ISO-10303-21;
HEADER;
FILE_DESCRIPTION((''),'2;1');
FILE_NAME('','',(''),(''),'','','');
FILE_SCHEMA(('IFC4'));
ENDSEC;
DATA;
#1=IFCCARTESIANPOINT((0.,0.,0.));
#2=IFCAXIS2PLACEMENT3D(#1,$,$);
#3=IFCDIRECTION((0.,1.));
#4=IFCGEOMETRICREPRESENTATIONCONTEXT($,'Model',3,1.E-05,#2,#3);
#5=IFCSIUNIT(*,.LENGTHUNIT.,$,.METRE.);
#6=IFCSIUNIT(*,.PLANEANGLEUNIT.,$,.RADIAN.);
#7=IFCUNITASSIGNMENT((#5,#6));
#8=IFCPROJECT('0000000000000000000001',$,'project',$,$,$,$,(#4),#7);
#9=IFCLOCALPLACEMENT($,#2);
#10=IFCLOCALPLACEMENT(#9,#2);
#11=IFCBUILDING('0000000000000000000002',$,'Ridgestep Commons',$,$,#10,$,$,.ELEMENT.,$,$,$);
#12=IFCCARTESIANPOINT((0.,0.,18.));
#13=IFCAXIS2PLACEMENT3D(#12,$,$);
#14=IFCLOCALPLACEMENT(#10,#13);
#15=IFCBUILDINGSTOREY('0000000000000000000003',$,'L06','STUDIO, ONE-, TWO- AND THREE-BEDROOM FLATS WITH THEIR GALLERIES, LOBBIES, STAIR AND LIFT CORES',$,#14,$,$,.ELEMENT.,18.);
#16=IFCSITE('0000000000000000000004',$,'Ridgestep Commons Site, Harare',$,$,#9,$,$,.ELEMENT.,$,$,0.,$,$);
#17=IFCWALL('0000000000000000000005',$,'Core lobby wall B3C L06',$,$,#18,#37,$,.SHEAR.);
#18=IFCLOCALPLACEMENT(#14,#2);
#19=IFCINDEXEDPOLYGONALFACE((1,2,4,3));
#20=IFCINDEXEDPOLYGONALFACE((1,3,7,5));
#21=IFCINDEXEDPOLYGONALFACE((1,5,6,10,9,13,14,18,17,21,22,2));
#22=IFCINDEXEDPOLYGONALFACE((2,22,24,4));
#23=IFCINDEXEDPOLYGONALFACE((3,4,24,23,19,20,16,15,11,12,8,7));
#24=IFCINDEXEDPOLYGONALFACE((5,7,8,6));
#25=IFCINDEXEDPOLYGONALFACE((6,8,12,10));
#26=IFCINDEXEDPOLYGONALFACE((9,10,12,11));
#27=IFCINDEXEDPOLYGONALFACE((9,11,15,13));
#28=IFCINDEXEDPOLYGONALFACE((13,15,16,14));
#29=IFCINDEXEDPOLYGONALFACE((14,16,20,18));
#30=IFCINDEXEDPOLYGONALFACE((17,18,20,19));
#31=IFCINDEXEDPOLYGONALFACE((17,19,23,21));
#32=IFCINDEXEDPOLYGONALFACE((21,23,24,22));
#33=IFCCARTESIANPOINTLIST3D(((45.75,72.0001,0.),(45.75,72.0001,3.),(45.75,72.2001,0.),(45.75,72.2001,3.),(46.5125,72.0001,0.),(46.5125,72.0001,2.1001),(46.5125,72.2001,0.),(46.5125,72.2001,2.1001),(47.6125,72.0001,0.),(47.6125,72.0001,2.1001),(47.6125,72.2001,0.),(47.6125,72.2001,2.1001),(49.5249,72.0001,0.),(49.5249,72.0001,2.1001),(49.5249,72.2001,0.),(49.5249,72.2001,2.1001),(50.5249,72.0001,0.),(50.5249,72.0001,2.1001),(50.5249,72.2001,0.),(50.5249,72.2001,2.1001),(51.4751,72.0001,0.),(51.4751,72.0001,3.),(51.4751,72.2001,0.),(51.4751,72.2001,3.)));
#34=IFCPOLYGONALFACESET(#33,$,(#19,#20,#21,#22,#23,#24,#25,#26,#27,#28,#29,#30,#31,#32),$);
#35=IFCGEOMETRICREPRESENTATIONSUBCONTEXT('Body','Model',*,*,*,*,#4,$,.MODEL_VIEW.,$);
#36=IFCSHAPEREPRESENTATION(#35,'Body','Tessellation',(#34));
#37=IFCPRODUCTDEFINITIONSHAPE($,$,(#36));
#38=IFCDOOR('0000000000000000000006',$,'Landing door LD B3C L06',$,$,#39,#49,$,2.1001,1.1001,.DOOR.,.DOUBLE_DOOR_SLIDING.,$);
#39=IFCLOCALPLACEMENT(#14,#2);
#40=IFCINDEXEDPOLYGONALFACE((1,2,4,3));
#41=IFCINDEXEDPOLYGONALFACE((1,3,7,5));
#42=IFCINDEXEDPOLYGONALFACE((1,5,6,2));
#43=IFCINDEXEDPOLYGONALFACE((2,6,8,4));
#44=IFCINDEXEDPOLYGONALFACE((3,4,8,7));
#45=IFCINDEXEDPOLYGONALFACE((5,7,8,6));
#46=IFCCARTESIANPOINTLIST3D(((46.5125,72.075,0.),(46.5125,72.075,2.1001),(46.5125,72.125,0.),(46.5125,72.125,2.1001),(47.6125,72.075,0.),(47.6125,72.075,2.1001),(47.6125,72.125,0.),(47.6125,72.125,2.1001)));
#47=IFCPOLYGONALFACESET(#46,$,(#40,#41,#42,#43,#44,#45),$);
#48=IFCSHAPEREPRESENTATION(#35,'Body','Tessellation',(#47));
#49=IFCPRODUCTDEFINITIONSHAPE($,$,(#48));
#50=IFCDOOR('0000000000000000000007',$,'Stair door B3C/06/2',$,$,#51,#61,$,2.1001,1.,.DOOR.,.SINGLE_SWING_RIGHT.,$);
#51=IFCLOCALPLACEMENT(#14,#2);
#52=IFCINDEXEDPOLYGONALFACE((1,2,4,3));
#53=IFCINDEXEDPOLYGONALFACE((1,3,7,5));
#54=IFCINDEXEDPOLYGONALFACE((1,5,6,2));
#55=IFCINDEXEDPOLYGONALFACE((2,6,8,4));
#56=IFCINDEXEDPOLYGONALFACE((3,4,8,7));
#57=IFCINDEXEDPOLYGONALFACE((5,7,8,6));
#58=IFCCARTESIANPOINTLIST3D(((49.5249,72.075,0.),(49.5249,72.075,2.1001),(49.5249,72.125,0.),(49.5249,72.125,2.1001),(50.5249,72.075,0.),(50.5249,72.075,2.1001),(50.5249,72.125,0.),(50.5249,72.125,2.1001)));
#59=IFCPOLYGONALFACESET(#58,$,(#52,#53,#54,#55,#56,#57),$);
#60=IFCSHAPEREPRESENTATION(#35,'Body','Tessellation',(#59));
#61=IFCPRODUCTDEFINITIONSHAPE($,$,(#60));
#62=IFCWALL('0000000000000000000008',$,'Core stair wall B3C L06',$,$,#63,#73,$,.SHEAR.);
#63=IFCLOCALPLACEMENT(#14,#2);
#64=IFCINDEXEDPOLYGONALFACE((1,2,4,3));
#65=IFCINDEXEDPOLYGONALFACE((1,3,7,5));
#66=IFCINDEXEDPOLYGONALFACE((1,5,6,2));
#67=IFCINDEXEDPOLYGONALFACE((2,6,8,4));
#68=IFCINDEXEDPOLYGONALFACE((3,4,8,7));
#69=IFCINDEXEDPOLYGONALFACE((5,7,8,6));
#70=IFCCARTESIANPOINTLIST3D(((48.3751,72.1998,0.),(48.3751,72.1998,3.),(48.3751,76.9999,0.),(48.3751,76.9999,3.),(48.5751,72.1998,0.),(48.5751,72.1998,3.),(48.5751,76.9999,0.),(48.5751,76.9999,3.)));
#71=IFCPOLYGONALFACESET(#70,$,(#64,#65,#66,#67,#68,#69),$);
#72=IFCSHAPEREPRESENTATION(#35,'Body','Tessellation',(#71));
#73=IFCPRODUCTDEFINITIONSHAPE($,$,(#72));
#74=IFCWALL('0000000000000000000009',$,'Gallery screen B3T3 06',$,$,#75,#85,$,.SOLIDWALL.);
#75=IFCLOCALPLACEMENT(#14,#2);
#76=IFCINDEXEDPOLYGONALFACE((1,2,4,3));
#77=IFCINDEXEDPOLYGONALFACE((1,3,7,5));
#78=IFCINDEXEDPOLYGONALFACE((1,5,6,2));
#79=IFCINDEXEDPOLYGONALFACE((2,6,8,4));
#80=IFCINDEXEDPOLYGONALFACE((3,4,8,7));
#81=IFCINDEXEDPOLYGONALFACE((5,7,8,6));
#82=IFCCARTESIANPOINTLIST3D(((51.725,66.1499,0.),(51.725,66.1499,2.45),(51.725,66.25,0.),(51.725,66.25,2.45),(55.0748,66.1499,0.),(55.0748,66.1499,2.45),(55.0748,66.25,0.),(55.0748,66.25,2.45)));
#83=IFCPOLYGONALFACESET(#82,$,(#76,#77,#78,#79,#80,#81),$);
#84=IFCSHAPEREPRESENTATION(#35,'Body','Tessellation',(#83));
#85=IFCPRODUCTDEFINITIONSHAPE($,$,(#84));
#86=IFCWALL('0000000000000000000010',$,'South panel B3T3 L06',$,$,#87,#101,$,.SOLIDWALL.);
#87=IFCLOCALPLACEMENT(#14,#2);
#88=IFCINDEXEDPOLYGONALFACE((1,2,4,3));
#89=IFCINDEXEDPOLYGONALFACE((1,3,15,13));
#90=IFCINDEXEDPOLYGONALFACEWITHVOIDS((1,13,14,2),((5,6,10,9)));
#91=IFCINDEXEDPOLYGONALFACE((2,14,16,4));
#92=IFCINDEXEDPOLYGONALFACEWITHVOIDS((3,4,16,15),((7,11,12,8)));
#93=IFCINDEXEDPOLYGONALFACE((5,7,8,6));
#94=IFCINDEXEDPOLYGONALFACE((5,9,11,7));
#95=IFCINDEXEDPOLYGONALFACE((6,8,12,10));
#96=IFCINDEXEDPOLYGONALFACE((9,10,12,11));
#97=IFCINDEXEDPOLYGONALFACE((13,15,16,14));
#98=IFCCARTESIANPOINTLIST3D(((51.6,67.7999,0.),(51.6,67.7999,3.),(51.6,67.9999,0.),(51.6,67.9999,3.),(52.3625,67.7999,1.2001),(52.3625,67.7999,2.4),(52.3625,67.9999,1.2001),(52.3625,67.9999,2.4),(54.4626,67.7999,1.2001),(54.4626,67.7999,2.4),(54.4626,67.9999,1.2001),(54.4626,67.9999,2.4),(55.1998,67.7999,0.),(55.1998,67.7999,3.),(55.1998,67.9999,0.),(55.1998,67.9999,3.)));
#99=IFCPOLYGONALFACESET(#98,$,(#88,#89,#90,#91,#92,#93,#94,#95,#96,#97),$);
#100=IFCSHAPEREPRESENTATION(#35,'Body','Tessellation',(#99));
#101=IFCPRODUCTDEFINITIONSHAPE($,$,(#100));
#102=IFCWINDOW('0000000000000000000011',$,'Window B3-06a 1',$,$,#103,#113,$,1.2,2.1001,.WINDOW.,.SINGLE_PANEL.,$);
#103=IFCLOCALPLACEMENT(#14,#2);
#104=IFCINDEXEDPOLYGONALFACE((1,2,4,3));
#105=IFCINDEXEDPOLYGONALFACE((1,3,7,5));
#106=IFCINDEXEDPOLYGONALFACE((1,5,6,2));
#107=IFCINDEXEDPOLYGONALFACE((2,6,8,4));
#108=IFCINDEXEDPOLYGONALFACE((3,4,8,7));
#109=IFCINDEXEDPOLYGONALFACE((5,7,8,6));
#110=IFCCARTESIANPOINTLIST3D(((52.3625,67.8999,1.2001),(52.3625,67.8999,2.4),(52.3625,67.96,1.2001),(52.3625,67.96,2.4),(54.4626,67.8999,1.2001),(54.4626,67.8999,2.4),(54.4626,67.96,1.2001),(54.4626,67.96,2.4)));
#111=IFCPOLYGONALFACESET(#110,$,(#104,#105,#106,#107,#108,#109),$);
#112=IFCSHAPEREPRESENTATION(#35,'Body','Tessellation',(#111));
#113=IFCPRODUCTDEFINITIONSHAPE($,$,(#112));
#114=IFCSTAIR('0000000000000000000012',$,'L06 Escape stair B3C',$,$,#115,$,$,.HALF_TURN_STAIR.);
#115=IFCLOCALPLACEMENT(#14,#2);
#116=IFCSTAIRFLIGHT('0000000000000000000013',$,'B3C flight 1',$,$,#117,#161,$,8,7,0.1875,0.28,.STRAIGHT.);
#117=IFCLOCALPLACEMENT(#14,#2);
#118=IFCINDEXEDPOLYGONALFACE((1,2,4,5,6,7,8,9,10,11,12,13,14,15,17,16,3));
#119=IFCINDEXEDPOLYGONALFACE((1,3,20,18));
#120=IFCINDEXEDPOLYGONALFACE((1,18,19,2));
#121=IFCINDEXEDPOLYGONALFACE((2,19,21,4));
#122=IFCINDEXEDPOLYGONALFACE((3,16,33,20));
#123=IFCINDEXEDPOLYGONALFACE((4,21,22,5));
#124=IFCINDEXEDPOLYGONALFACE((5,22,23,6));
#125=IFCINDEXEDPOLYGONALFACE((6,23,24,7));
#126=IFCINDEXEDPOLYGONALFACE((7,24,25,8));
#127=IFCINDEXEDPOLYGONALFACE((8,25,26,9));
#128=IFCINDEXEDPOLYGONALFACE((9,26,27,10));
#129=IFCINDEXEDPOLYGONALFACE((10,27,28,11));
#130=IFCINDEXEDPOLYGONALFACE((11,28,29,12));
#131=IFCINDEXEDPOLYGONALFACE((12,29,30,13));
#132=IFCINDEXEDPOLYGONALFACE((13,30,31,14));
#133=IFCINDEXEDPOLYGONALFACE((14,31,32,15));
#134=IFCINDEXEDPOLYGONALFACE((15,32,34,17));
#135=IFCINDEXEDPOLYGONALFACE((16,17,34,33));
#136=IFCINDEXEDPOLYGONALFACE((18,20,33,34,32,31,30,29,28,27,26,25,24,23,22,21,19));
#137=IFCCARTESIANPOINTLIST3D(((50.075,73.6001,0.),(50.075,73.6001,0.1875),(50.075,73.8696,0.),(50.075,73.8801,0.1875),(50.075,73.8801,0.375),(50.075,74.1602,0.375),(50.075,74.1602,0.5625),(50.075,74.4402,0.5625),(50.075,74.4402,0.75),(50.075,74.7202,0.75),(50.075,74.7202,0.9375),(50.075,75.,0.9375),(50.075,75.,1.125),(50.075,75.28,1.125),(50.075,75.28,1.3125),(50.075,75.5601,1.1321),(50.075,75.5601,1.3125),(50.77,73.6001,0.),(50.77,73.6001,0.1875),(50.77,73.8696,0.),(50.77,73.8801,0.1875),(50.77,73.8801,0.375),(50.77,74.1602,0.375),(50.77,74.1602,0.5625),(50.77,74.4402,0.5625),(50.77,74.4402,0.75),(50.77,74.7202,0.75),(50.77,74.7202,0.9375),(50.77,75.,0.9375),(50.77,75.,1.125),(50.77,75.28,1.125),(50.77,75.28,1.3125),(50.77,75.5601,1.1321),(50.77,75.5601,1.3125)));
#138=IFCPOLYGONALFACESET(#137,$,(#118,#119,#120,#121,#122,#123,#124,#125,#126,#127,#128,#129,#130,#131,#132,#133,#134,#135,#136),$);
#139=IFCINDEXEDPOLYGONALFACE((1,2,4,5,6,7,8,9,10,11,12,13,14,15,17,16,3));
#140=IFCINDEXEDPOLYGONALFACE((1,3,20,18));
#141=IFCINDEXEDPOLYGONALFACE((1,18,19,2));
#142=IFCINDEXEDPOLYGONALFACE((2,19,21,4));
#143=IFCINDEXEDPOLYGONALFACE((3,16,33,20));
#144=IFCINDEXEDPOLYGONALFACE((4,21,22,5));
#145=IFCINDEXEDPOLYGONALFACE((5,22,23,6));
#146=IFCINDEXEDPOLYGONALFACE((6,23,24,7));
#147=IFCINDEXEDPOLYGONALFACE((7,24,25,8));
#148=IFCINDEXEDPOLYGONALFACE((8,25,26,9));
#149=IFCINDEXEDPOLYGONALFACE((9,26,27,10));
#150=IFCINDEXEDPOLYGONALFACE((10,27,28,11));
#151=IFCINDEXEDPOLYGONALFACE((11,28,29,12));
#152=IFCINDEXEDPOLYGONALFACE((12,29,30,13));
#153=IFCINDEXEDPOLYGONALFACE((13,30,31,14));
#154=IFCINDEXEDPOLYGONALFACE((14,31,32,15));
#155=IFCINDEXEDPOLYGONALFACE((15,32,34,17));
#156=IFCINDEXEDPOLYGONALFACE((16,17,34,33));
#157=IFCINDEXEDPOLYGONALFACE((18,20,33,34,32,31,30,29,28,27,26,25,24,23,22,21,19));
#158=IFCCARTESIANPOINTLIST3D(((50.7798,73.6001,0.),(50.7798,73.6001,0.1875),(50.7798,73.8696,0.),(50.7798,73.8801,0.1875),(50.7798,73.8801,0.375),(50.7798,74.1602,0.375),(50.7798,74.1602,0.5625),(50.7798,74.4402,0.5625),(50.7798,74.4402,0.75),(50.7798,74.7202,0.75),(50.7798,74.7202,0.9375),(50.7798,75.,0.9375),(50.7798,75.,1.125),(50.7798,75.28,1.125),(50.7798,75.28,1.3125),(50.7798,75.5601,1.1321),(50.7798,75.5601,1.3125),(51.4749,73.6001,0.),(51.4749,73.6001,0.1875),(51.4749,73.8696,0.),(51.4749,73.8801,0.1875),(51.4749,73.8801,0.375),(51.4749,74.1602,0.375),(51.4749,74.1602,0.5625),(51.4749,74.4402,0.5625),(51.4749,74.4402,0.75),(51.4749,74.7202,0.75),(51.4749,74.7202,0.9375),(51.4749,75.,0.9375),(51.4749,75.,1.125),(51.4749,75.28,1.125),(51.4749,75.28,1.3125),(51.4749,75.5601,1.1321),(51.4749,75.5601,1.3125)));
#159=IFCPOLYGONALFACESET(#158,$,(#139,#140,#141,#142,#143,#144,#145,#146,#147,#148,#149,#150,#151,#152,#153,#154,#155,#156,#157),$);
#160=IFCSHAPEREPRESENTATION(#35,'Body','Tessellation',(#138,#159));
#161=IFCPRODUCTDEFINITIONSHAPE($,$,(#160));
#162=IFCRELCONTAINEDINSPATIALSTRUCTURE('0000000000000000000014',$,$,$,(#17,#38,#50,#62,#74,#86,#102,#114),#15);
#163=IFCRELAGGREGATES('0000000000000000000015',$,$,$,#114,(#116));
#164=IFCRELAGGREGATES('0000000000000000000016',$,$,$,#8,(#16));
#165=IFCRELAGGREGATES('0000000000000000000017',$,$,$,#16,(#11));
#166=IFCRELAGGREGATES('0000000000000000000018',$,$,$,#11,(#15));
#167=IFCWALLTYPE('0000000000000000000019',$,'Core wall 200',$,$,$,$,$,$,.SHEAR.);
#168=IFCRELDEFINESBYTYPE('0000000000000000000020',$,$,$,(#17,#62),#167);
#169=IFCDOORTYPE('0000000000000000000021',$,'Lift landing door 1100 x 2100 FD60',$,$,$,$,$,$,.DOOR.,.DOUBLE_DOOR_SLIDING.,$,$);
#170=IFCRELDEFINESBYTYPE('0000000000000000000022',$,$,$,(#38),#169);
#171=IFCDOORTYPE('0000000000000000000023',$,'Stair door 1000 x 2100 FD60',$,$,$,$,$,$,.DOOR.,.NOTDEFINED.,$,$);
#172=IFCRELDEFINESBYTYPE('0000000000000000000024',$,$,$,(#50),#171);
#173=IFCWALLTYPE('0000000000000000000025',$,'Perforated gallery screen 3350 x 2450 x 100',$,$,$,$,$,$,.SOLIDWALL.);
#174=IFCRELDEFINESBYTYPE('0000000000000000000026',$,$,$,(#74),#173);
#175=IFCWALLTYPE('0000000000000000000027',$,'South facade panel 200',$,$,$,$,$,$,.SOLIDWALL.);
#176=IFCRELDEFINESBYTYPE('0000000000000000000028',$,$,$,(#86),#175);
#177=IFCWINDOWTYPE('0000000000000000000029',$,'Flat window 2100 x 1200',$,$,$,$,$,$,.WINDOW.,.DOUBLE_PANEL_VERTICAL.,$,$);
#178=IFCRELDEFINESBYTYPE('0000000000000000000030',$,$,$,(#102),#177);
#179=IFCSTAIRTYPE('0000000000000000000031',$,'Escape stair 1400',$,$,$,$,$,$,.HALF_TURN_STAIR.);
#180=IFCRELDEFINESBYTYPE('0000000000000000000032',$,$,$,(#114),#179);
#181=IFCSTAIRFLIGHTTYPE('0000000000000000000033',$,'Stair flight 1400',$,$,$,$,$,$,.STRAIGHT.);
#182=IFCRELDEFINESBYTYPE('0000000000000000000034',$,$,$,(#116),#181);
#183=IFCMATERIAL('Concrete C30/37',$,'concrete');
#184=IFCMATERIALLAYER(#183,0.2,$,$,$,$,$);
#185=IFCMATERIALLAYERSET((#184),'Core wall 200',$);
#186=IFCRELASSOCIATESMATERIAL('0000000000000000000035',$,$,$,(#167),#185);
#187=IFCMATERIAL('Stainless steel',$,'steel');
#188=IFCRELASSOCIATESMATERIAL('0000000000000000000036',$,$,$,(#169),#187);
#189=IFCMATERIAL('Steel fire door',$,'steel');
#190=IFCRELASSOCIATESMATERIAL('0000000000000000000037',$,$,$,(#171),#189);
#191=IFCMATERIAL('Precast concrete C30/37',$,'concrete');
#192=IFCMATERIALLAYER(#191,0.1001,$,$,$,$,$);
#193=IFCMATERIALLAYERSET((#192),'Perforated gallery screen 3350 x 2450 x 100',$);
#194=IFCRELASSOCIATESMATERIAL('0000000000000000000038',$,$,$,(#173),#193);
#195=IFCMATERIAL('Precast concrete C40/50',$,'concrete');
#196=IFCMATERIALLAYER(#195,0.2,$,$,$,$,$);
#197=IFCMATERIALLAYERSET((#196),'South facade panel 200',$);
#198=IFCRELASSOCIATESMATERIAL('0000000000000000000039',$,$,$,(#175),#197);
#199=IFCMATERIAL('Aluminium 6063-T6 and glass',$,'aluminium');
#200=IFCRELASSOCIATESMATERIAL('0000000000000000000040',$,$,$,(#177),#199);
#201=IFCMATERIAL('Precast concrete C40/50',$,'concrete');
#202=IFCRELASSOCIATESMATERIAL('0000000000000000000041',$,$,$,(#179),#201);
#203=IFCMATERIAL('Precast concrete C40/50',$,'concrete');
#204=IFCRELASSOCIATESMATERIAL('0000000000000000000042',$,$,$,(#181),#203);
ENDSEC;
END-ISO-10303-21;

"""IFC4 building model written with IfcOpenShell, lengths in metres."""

from ifc_helpers import new_model, si_unit, direction, frame, frame_2d, origin, place, context, subcontext, project, spatial, polyline, rectangle, outline, extrude, material, layer, layer_set, type_object, element, fill, aggregate, save


model = new_model("IFC4")

# Units and contexts
model_context = context("Model", 3, precision=1e-05, world=origin(), true_north=direction((0.0, 1.0)))
body_context = subcontext(model_context, "Body", "Model", "MODEL_VIEW")
ifc_project = project(units=[si_unit("LENGTHUNIT", "METRE"), si_unit("PLANEANGLEUNIT", "RADIAN")], contexts=[model_context])

# Site, building, storey
site_placement = place(None, origin())
site = spatial("IfcSite", under=ifc_project, at=site_placement, Name="Ridgestep Commons Site, Harare", CompositionType="ELEMENT", RefElevation=0.0)
building_placement = place(site_placement, origin())
building = spatial("IfcBuilding", under=site, at=building_placement, Name="Ridgestep Commons", CompositionType="ELEMENT")
storey_placement = place(building_placement, frame((0.0, 0.0, 18.0)))
storey = spatial("IfcBuildingStorey", under=building, at=storey_placement, Name="L06", Description="STUDIO, ONE-, TWO- AND THREE-BEDROOM FLATS WITH THEIR GALLERIES, LOBBIES, STAIR AND LIFT CORES", CompositionType="ELEMENT", Elevation=18.0)

# Wall, openings, doors
ifc_material_1 = material(Name="Concrete C30/37", Category="concrete")
ifc_layer_1 = layer(ifc_material_1, 0.2)
ifc_layer_set_1 = layer_set([ifc_layer_1], Name="Core wall 200")
wall_type_1 = type_object("IfcWallType", Name="Core wall 200", PredefinedType="SHEAR", material=ifc_layer_set_1)
wall_1_placement = place(storey_placement, frame((45.75, 72.1001, 0.0), z_axis=(0.0, 0.0, 1.0), x_axis=(1.0, 0.0, 0.0)))
wall_1 = element("IfcWall", 1, at=wall_1_placement, inside=storey, type_object=wall_type_1, Name="Core lobby wall B3C L06", PredefinedType="SHEAR", context=body_context, shape_type="SweptSolid", body=[
    extrude(rectangle(XDim=5.7251, YDim=0.2, at=frame_2d((2.8625, 0.0))), origin(), (0.0, 0.0, 1.0), 3.0),
])
opening_1_placement = place(wall_1_placement, frame((3.7749, 0.0, 0.0)))
opening_1 = element("IfcOpeningElement", 2, at=opening_1_placement, cuts=wall_1, PredefinedType="OPENING", context=body_context, shape_type="SweptSolid", body=[
    extrude(rectangle(XDim=1.0, YDim=2.1001, at=frame_2d((0.5, 1.05))), frame((0.0, 0.1099, 0.0), z_axis=(0.0, -1.0, 0.0), x_axis=(1.0, 0.0, 0.0)), (0.0, 0.0, 1.0), 0.22),
])
opening_2_placement = place(wall_1_placement, frame((0.7625, 0.0, 0.0)))
opening_2 = element("IfcOpeningElement", 3, at=opening_2_placement, cuts=wall_1, PredefinedType="OPENING", context=body_context, shape_type="SweptSolid", body=[
    extrude(rectangle(XDim=1.1001, YDim=2.1001, at=frame_2d((0.55, 1.05))), frame((0.0, 0.1099, 0.0), z_axis=(0.0, -1.0, 0.0), x_axis=(1.0, 0.0, 0.0)), (0.0, 0.0, 1.0), 0.22),
])
ifc_material_2 = material(Name="Stainless steel", Category="steel")
door_type_1 = type_object("IfcDoorType", Name="Lift landing door 1100 x 2100 FD60", OperationType="DOUBLE_DOOR_SLIDING", PredefinedType="DOOR", material=ifc_material_2)
door_1_placement = place(opening_2_placement, origin())
door_1 = element("IfcDoor", 4, at=door_1_placement, inside=storey, type_object=door_type_1, Name="Landing door LD B3C L06", OperationType="DOUBLE_DOOR_SLIDING", OverallHeight=2.1001, OverallWidth=1.1001, PredefinedType="DOOR", context=body_context, shape_type="SweptSolid", body=[
    extrude(rectangle(XDim=1.1001, YDim=2.1001, at=frame_2d((0.55, 1.05))), frame((0.0, 0.0249, 0.0), z_axis=(0.0, -1.0, 0.0), x_axis=(1.0, 0.0, 0.0)), (0.0, 0.0, 1.0), 0.05),
])
fill(opening_2, door_1)
ifc_material_3 = material(Name="Steel fire door", Category="steel")
door_type_2 = type_object("IfcDoorType", Name="Stair door 1000 x 2100 FD60", OperationType="NOTDEFINED", PredefinedType="DOOR", material=ifc_material_3)
door_2_placement = place(opening_1_placement, origin())
door_2 = element("IfcDoor", 5, at=door_2_placement, inside=storey, type_object=door_type_2, Name="Stair door B3C/06/2", OperationType="SINGLE_SWING_RIGHT", OverallHeight=2.1001, OverallWidth=1.0, PredefinedType="DOOR", context=body_context, shape_type="SweptSolid", body=[
    extrude(rectangle(XDim=1.0, YDim=2.1001, at=frame_2d((0.5, 1.05))), frame((0.0, 0.0249, 0.0), z_axis=(0.0, -1.0, 0.0), x_axis=(1.0, 0.0, 0.0)), (0.0, 0.0, 1.0), 0.05),
])
fill(opening_1, door_2)

# Walls
wall_2_placement = place(storey_placement, frame((48.4751, 72.2, 0.0), z_axis=(0.0, 0.0, 1.0), x_axis=(0.0, 1.0, 0.0)))
element("IfcWall", 6, at=wall_2_placement, inside=storey, type_object=wall_type_1, Name="Core stair wall B3C L06", PredefinedType="SHEAR", context=body_context, shape_type="SweptSolid", body=[
    extrude(rectangle(XDim=4.8, YDim=0.2, at=frame_2d((2.3999, 0.0))), origin(), (0.0, 0.0, 1.0), 3.0),
])
ifc_material_4 = material(Name="Precast concrete C30/37", Category="concrete")
ifc_layer_2 = layer(ifc_material_4, 0.1001)
ifc_layer_set_2 = layer_set([ifc_layer_2], Name="Perforated gallery screen 3350 x 2450 x 100")
wall_type_2 = type_object("IfcWallType", Name="Perforated gallery screen 3350 x 2450 x 100", PredefinedType="SOLIDWALL", material=ifc_layer_set_2)
wall_3_placement = place(storey_placement, frame((51.7251, 66.2, 0.0), z_axis=(0.0, 0.0, 1.0), x_axis=(1.0, 0.0, 0.0)))
element("IfcWall", 7, at=wall_3_placement, inside=storey, type_object=wall_type_2, Name="Gallery screen B3T3 06", PredefinedType="SOLIDWALL", context=body_context, shape_type="SweptSolid", body=[
    extrude(rectangle(XDim=3.3499, YDim=0.1001, at=frame_2d((1.6748, 0.0))), origin(), (0.0, 0.0, 1.0), 2.45),
])

# Wall, opening, window
ifc_material_5 = material(Name="Precast concrete C40/50", Category="concrete")
ifc_layer_3 = layer(ifc_material_5, 0.2)
ifc_layer_set_3 = layer_set([ifc_layer_3], Name="South facade panel 200")
wall_type_3 = type_object("IfcWallType", Name="South facade panel 200", PredefinedType="SOLIDWALL", material=ifc_layer_set_3)
wall_4_placement = place(storey_placement, frame((51.6001, 67.8999, 0.0), z_axis=(0.0, 0.0, 1.0), x_axis=(1.0, 0.0, 0.0)))
wall_4 = element("IfcWall", 8, at=wall_4_placement, inside=storey, type_object=wall_type_3, Name="South panel B3T3 L06", PredefinedType="SOLIDWALL", context=body_context, shape_type="SweptSolid", body=[
    extrude(rectangle(XDim=3.5999, YDim=0.2, at=frame_2d((1.7998, 0.0))), origin(), (0.0, 0.0, 1.0), 3.0),
])
opening_3_placement = place(wall_4_placement, frame((0.7625, 0.0, 1.2)))
opening_3 = element("IfcOpeningElement", 9, at=opening_3_placement, cuts=wall_4, PredefinedType="OPENING", context=body_context, shape_type="SweptSolid", body=[
    extrude(rectangle(XDim=2.1001, YDim=1.2, at=frame_2d((1.05, 0.6001))), frame((0.0, 0.1099, 0.0), z_axis=(0.0, -1.0, 0.0), x_axis=(1.0, 0.0, 0.0)), (0.0, 0.0, 1.0), 0.22),
])
ifc_material_6 = material(Name="Aluminium 6063-T6 and glass", Category="aluminium")
window_type = type_object("IfcWindowType", Name="Flat window 2100 x 1200", PartitioningType="DOUBLE_PANEL_VERTICAL", PredefinedType="WINDOW", material=ifc_material_6)
window_placement = place(opening_3_placement, origin())
window = element("IfcWindow", 10, at=window_placement, inside=storey, type_object=window_type, Name="Window B3-06a 1", OverallHeight=1.2, OverallWidth=2.1001, PartitioningType="SINGLE_PANEL", PredefinedType="WINDOW", context=body_context, shape_type="SweptSolid", body=[
    extrude(rectangle(XDim=2.1001, YDim=1.2, at=frame_2d((1.05, 0.6001))), frame((0.0, 0.0601, 0.0), z_axis=(0.0, -1.0, 0.0), x_axis=(1.0, 0.0, 0.0)), (0.0, 0.0, 1.0), 0.0601),
])
fill(opening_3, window)

# Stair, stair flight
ifc_material_7 = material(Name="Precast concrete C40/50", Category="concrete")
stair_type = type_object("IfcStairType", Name="Escape stair 1400", PredefinedType="HALF_TURN_STAIR", material=ifc_material_7)
stair_placement = place(storey_placement, origin())
stair = element("IfcStair", 11, at=stair_placement, inside=storey, type_object=stair_type, Name="L06 Escape stair B3C", PredefinedType="HALF_TURN_STAIR")
ifc_material_8 = material(Name="Precast concrete C40/50", Category="concrete")
stair_flight_type = type_object("IfcStairFlightType", Name="Stair flight 1400", PredefinedType="STRAIGHT", material=ifc_material_8)
stair_flight_placement = place(storey_placement, frame((50.7749, 73.6001, 0.0), z_axis=(0.0, 0.0, 1.0), x_axis=(0.0, 1.0, 0.0)))
stair_flight = element("IfcStairFlight", 12, at=stair_flight_placement, type_object=stair_flight_type, Name="B3C flight 1", NumberOfRisers=8, NumberOfTreads=7, PredefinedType="STRAIGHT", RiserHeight=0.1875, TreadLength=0.28, context=body_context, shape_type="SweptSolid", body=[
    extrude(outline(polyline([(0.0, 0.0), (0.0, 0.1875), (0.28, 0.1875), (0.28, 0.375), (0.5601, 0.375), (0.5601, 0.5625), (0.8401, 0.5625), (0.8401, 0.75), (1.1201, 0.75), (1.1201, 0.9375), (1.3999, 0.9375), (1.3999, 1.125), (1.6799, 1.125), (1.6799, 1.3125), (1.96, 1.3125), (1.96, 1.5), (1.96, 1.1321), (0.2695, 0.0), (0.0, 0.0)])), frame((0.0, 0.7, 0.0), z_axis=(0.0, -1.0, 0.0), x_axis=(1.0, 0.0, 0.0)), (0.0, 0.0, 1.0), 0.6951),
    extrude(outline(polyline([(0.0, 0.0), (0.0, 0.1875), (0.28, 0.1875), (0.28, 0.375), (0.5601, 0.375), (0.5601, 0.5625), (0.8401, 0.5625), (0.8401, 0.75), (1.1201, 0.75), (1.1201, 0.9375), (1.3999, 0.9375), (1.3999, 1.125), (1.6799, 1.125), (1.6799, 1.3125), (1.96, 1.3125), (1.96, 1.5), (1.96, 1.1321), (0.2695, 0.0), (0.0, 0.0)])), frame((0.0, -0.0049, 0.0), z_axis=(0.0, -1.0, 0.0), x_axis=(1.0, 0.0, 0.0)), (0.0, 0.0, 1.0), 0.6951),
])
aggregate(stair, [stair_flight])

save(model, "model.ifc")
